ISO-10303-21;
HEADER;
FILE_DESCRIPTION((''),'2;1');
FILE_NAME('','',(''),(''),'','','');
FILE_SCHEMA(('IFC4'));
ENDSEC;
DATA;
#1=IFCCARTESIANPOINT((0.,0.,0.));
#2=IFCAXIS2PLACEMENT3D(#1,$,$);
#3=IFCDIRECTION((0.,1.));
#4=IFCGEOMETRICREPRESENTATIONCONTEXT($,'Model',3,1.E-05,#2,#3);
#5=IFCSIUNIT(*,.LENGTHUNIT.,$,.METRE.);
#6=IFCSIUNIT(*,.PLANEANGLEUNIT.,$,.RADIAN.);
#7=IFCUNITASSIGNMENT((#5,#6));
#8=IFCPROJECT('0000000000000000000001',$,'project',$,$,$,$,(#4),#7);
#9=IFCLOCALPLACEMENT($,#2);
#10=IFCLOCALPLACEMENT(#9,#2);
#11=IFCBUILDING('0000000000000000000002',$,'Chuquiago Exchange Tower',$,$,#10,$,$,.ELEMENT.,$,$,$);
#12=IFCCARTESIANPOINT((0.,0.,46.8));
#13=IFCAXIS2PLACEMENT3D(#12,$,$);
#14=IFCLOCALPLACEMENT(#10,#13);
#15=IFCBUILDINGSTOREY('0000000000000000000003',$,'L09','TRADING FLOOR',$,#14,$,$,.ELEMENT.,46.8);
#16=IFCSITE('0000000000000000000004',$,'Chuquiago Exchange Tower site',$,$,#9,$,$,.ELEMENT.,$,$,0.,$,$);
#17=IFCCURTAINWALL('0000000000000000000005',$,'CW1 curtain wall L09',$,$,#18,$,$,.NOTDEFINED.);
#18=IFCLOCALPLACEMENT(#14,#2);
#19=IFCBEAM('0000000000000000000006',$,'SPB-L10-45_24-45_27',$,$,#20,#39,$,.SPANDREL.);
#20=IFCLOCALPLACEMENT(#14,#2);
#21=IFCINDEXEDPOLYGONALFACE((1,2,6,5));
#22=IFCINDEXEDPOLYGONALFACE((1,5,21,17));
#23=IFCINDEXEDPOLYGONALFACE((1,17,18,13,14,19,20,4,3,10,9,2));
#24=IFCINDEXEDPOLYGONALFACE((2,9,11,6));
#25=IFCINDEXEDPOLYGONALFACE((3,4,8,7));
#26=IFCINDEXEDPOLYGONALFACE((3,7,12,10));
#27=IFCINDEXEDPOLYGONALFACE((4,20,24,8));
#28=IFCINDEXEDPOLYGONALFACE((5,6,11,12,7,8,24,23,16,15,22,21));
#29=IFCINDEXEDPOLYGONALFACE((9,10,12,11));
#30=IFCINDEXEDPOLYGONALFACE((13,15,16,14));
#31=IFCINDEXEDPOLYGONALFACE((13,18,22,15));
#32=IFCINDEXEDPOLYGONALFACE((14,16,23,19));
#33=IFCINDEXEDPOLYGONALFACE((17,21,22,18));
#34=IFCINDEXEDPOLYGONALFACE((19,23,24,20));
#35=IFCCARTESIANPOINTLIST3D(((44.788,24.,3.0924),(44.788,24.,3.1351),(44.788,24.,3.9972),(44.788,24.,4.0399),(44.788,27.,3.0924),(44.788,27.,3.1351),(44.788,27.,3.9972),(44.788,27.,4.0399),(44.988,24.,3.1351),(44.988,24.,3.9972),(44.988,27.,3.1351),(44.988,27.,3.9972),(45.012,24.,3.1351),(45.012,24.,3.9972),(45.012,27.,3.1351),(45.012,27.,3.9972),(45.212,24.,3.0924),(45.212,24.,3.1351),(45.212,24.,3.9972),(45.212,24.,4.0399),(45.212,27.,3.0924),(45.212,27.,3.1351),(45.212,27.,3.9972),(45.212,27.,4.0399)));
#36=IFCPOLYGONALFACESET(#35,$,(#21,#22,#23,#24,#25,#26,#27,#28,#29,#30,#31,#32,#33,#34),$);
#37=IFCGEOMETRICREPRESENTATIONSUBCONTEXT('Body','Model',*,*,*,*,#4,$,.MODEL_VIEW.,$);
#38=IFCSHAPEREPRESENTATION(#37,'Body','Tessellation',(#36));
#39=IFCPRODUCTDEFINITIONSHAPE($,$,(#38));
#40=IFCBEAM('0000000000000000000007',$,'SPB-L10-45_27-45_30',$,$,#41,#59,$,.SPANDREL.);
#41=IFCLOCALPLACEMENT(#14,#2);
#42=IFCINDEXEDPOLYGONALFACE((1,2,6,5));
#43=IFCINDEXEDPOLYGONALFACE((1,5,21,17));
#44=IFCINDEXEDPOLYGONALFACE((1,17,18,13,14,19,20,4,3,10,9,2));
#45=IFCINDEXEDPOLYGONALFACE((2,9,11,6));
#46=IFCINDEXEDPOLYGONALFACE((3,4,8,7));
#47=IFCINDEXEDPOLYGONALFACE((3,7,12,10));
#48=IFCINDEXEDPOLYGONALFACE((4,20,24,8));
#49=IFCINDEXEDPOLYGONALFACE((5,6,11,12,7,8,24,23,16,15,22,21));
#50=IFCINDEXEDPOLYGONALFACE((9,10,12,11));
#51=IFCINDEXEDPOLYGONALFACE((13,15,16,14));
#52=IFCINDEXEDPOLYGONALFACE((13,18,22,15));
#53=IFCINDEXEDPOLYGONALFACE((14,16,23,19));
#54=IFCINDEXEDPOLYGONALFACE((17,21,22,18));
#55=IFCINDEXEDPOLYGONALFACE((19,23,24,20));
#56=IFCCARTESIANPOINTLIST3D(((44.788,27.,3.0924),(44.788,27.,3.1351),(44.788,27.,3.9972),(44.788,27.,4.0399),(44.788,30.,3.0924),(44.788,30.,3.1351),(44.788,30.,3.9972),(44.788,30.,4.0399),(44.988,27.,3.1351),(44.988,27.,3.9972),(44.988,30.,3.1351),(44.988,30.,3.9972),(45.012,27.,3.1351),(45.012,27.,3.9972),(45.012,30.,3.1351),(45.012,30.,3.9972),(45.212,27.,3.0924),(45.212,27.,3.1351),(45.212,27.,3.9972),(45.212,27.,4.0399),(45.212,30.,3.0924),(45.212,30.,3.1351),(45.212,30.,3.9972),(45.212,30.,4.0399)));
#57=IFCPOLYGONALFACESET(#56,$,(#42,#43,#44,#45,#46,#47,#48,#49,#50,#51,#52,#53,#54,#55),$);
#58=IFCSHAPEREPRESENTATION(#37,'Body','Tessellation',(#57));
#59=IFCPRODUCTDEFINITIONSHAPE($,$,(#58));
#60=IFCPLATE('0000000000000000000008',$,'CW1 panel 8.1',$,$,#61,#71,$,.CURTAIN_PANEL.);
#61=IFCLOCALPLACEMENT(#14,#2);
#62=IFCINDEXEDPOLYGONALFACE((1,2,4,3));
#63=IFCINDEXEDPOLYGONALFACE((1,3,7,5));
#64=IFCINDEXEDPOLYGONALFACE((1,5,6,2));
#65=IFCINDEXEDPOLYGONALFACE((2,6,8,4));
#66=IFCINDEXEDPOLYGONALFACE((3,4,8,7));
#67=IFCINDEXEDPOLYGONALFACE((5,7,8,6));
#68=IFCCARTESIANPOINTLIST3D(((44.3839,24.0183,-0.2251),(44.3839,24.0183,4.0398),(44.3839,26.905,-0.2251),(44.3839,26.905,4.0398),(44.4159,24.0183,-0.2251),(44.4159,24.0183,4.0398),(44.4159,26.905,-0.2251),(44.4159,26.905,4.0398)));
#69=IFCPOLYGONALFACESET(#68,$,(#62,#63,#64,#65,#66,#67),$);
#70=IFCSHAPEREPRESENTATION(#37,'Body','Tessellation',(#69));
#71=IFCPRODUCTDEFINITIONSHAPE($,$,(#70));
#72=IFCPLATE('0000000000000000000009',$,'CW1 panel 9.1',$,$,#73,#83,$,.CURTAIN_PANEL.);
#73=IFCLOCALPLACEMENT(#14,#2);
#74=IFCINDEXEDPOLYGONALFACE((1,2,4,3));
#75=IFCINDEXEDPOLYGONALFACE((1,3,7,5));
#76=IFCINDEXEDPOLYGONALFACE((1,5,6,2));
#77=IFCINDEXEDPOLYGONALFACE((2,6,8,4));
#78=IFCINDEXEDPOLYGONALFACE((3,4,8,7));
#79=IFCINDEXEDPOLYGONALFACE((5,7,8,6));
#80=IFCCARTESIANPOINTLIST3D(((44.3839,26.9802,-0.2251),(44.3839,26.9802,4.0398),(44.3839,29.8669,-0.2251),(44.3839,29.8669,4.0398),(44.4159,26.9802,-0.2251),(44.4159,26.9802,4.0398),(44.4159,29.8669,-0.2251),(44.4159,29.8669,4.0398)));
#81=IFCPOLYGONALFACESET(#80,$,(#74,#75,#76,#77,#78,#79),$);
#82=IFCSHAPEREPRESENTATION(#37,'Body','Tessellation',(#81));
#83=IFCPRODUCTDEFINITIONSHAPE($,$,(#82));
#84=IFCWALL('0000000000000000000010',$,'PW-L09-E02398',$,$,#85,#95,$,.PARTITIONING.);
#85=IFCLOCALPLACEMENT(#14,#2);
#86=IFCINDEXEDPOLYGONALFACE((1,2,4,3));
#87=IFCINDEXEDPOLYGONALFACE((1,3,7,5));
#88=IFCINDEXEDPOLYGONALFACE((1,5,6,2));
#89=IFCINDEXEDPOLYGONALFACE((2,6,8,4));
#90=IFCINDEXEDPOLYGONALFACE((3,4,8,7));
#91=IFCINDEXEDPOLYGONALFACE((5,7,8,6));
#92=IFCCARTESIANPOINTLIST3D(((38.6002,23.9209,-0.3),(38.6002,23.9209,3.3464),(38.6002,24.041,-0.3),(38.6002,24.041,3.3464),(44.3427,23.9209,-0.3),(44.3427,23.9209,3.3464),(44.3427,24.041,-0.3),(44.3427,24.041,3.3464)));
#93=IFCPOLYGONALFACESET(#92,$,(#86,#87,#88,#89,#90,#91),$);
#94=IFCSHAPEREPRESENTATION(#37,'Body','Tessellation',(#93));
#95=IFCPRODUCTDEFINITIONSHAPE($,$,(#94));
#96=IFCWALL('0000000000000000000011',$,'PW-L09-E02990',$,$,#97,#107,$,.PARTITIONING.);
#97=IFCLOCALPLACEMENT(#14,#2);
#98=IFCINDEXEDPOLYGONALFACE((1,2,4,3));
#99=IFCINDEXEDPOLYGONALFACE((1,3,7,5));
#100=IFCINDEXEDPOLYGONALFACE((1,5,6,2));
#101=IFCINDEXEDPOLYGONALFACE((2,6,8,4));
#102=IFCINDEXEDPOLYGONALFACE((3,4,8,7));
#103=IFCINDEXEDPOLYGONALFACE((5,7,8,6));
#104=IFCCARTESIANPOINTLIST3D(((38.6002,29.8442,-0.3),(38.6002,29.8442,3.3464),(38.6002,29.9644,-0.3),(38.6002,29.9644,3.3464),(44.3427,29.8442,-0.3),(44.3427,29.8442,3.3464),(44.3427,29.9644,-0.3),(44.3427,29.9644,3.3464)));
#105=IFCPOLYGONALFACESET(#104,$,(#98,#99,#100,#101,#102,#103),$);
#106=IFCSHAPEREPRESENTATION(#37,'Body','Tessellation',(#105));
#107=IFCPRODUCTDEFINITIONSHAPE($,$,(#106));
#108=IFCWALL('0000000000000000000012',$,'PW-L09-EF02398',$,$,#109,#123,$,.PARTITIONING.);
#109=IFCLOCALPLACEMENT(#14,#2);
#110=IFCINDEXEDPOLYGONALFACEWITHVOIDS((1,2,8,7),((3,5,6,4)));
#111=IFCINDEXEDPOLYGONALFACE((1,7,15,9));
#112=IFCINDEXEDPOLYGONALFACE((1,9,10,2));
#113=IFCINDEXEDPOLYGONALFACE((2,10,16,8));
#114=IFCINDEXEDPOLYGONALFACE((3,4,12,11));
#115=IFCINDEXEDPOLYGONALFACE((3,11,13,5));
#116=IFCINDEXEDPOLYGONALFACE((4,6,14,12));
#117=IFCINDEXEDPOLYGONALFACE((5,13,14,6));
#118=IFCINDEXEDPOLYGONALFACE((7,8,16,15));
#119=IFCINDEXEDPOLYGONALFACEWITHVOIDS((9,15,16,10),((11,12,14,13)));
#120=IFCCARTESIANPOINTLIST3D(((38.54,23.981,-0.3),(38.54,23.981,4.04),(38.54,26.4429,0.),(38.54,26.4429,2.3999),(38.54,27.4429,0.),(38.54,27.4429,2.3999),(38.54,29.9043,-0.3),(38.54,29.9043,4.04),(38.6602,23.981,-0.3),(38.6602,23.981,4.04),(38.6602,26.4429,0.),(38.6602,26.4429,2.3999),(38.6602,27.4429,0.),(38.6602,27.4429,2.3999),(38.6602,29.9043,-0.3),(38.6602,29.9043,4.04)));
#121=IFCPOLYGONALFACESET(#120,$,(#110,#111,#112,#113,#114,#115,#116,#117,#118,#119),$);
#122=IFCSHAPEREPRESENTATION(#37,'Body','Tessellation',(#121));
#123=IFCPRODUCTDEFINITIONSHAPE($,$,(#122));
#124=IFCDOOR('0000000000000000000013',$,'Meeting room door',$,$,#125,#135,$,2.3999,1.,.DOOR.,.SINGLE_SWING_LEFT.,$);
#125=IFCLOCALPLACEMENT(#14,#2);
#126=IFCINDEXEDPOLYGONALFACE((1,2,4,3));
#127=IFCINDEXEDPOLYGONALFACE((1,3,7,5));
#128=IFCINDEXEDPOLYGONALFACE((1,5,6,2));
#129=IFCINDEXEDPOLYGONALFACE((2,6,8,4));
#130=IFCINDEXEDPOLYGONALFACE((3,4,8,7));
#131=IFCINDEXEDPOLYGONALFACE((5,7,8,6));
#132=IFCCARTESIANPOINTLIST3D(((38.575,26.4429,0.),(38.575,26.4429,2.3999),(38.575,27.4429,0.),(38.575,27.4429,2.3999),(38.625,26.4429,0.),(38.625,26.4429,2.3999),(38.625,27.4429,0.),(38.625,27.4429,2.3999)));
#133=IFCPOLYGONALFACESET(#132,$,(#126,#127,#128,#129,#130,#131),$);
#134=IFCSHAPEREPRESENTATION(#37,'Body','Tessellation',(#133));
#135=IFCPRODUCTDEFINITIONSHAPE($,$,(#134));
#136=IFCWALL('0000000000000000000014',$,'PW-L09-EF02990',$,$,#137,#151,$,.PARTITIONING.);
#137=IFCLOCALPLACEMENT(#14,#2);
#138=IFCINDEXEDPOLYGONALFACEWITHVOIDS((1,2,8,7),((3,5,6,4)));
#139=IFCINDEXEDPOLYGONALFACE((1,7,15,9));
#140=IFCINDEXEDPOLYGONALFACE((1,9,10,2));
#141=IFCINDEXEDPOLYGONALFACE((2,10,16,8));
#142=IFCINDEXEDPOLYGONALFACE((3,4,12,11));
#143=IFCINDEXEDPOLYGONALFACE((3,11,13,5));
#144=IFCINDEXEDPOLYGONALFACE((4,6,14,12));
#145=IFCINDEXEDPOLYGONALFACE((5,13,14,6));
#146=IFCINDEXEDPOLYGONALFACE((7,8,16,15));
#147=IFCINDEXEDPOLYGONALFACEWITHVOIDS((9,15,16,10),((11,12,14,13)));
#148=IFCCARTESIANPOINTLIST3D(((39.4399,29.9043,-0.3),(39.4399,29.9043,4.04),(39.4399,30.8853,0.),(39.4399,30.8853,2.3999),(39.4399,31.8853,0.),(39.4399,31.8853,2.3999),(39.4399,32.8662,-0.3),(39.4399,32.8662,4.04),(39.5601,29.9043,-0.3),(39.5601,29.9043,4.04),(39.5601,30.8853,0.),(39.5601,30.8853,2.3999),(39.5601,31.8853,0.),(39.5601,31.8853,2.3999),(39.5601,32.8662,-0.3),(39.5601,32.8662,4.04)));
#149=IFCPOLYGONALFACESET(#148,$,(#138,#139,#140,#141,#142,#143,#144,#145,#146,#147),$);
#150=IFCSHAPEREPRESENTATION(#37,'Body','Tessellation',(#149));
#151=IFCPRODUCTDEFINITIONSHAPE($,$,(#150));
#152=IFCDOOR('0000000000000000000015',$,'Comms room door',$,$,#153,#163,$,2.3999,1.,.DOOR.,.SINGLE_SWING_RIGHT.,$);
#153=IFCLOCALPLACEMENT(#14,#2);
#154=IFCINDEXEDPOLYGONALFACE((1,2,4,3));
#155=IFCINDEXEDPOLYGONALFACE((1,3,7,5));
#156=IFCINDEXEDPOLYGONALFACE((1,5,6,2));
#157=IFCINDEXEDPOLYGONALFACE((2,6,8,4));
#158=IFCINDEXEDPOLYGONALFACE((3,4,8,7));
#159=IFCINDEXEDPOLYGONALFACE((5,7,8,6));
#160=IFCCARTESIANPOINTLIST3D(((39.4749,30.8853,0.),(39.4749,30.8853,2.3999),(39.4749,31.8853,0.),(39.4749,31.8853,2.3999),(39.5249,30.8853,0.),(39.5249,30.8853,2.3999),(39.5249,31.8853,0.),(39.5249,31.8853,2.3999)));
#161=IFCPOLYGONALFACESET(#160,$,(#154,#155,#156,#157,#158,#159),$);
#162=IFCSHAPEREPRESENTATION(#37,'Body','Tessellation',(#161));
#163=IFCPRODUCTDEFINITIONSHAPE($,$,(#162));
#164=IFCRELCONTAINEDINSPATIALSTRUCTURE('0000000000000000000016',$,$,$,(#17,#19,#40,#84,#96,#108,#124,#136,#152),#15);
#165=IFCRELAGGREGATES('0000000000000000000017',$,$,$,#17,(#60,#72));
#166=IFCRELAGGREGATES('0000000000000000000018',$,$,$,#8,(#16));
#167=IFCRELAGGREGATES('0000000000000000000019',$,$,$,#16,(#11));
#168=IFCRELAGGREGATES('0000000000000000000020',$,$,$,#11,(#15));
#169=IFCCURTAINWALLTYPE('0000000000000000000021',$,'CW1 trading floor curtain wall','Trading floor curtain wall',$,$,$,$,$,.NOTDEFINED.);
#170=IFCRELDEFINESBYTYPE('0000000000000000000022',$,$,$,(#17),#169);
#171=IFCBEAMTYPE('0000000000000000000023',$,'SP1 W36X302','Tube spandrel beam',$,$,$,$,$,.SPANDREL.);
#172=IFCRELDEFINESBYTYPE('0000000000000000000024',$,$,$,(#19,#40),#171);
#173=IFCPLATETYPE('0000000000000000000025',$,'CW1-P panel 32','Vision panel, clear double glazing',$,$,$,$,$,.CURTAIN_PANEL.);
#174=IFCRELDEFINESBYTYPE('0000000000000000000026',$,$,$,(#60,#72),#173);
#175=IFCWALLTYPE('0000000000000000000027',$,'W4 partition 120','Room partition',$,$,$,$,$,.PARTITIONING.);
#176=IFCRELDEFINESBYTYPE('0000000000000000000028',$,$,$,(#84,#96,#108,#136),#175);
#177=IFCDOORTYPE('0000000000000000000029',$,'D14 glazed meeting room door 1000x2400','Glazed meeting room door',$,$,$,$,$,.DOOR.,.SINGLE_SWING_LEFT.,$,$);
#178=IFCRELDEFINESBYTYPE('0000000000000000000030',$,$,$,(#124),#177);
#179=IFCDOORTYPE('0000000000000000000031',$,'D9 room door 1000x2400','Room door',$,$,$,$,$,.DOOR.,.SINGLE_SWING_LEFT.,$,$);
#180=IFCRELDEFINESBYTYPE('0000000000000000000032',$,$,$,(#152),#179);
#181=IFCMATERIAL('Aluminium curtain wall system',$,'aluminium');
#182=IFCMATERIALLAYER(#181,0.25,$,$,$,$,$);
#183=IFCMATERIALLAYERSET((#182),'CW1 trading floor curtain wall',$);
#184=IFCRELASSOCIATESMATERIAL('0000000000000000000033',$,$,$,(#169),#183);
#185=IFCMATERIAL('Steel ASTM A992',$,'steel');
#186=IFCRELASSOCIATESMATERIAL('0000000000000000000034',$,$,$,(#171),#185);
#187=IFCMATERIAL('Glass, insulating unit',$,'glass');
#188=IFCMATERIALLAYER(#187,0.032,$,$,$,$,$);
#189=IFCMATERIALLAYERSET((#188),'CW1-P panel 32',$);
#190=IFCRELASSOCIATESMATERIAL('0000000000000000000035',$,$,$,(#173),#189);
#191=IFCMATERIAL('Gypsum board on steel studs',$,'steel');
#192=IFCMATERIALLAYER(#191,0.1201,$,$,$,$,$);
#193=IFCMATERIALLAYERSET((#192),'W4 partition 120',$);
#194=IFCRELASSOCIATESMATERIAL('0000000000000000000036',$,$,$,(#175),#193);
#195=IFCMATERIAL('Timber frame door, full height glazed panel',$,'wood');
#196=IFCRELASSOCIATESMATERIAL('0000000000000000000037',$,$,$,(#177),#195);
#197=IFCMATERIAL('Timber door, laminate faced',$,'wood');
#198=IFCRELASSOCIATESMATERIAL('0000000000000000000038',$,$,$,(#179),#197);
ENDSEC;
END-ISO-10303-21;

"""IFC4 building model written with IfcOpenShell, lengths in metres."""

from ifc_helpers import new_model, si_unit, direction, frame, frame_2d, origin, origin_2d, place, context, subcontext, project, spatial, rectangle, i_section, extrude, material, layer, layer_set, material_profile, profile_set, type_object, element, fill, aggregate, save


model = new_model("IFC4")

# Units and contexts
model_context = context("Model", 3, precision=1e-05, world=origin(), true_north=direction((0.0, 1.0)))
body_context = subcontext(model_context, "Body", "Model", "MODEL_VIEW")
ifc_project = project(units=[si_unit("LENGTHUNIT", "METRE"), si_unit("PLANEANGLEUNIT", "RADIAN")], contexts=[model_context])

# Site, building, storey
site_placement = place(None, origin())
site = spatial("IfcSite", under=ifc_project, at=site_placement, Name="Chuquiago Exchange Tower site", CompositionType="ELEMENT", RefElevation=0.0)
building_placement = place(site_placement, origin())
building = spatial("IfcBuilding", under=site, at=building_placement, Name="Chuquiago Exchange Tower", CompositionType="ELEMENT")
storey_placement = place(building_placement, frame((0.0, 0.0, 46.8)))
storey = spatial("IfcBuildingStorey", under=building, at=storey_placement, Name="L09", Description="TRADING FLOOR", CompositionType="ELEMENT", Elevation=46.8)

# Curtain wall
ifc_material_1 = material(Name="Aluminium curtain wall system", Category="aluminium")
ifc_layer_1 = layer(ifc_material_1, 0.25)
ifc_layer_set_1 = layer_set([ifc_layer_1], Name="CW1 trading floor curtain wall")
curtain_wall_type = type_object("IfcCurtainWallType", Name="CW1 trading floor curtain wall", Description="Trading floor curtain wall", PredefinedType="NOTDEFINED", material=ifc_layer_set_1)
curtain_wall_placement = place(storey_placement, origin())
curtain_wall = element("IfcCurtainWall", 1, at=curtain_wall_placement, inside=storey, type_object=curtain_wall_type, Name="CW1 curtain wall L09", PredefinedType="NOTDEFINED")

# Beams
ifc_material_2 = material(Name="Steel ASTM A992", Category="steel")
ifc_material_profile_1 = material_profile(ifc_material_2, i_section(OverallWidth=0.4241, OverallDepth=0.9475, WebThickness=0.0239, FlangeThickness=0.0427, at=origin_2d()), Name="W36X302")
ifc_profile_set_1 = profile_set([ifc_material_profile_1], Name="Steel ASTM A992")
beam_type_1 = type_object("IfcBeamType", Name="SP1 W36X302", Description="Tube spandrel beam", PredefinedType="SPANDREL", material=ifc_profile_set_1)
for number, where, z_axis, x_axis, name in (
    (2, (45.0, 24.0, 3.5662), (0.0, 1.0, 0.0), (-1.0, 0.0, 0.0), "SPB-L10-45_24-45_27"),
    (3, (45.0, 27.0, 3.5662), (0.0, 1.0, 0.0), (-1.0, 0.0, 0.0), "SPB-L10-45_27-45_30"),
):
    element("IfcBeam", number, at=place(storey_placement, frame(where, z_axis=z_axis, x_axis=x_axis)), inside=storey, type_object=beam_type_1, Name=name, PredefinedType="SPANDREL", context=body_context, shape_type="SweptSolid", body=[
        extrude(i_section(OverallWidth=0.4241, OverallDepth=0.9475, WebThickness=0.0239, FlangeThickness=0.0427, at=origin_2d()), origin(), (0.0, 0.0, 1.0), 3.0),
    ])

# Plates
ifc_material_3 = material(Name="Glass, insulating unit", Category="glass")
ifc_layer_2 = layer(ifc_material_3, 0.032)
ifc_layer_set_2 = layer_set([ifc_layer_2], Name="CW1-P panel 32")
plate_type = type_object("IfcPlateType", Name="CW1-P panel 32", Description="Vision panel, clear double glazing", PredefinedType="CURTAIN_PANEL", material=ifc_layer_set_2)
plate_1_placement = place(storey_placement, frame((44.3999, 25.4617, -0.2251), z_axis=(0.0, 0.0, 1.0), x_axis=(0.0, 1.0, 0.0)))
plate_1 = element("IfcPlate", 4, at=plate_1_placement, type_object=plate_type, Name="CW1 panel 8.1", PredefinedType="CURTAIN_PANEL", context=body_context, shape_type="SweptSolid", body=[
    extrude(rectangle(XDim=2.8867, YDim=0.032, at=origin_2d()), origin(), (0.0, 0.0, 1.0), 4.2649),
])
plate_2_placement = place(storey_placement, frame((44.3999, 28.4236, -0.2251), z_axis=(0.0, 0.0, 1.0), x_axis=(0.0, 1.0, 0.0)))
plate_2 = element("IfcPlate", 5, at=plate_2_placement, type_object=plate_type, Name="CW1 panel 9.1", PredefinedType="CURTAIN_PANEL", context=body_context, shape_type="SweptSolid", body=[
    extrude(rectangle(XDim=2.8867, YDim=0.032, at=origin_2d()), origin(), (0.0, 0.0, 1.0), 4.2649),
])
aggregate(curtain_wall, [plate_1, plate_2])

# Walls
ifc_material_4 = material(Name="Gypsum board on steel studs", Category="steel")
ifc_layer_3 = layer(ifc_material_4, 0.1201)
ifc_layer_set_3 = layer_set([ifc_layer_3], Name="W4 partition 120")
wall_type = type_object("IfcWallType", Name="W4 partition 120", Description="Room partition", PredefinedType="PARTITIONING", material=ifc_layer_set_3)
for number, where, z_axis, x_axis, name in (
    (6, (44.3425, 23.981, -0.3), (0.0, 0.0, 1.0), (-1.0, 0.0, 0.0), "PW-L09-E02398"),
    (7, (44.3425, 29.9043, -0.3), (0.0, 0.0, 1.0), (-1.0, 0.0, 0.0), "PW-L09-E02990"),
):
    element("IfcWall", number, at=place(storey_placement, frame(where, z_axis=z_axis, x_axis=x_axis)), inside=storey, type_object=wall_type, Name=name, PredefinedType="PARTITIONING", context=body_context, shape_type="SweptSolid", body=[
        extrude(rectangle(XDim=5.7424, YDim=0.1201, at=frame_2d((2.8711, 0.0))), origin(), (0.0, 0.0, 1.0), 3.6465),
    ])

# Walls, openings, doors
wall_1_placement = place(storey_placement, frame((38.6001, 23.981, -0.3), z_axis=(0.0, 0.0, 1.0), x_axis=(0.0, 1.0, 0.0)))
wall_1 = element("IfcWall", 8, at=wall_1_placement, inside=storey, type_object=wall_type, Name="PW-L09-EF02398", PredefinedType="PARTITIONING", context=body_context, shape_type="SweptSolid", body=[
    extrude(rectangle(XDim=5.9233, YDim=0.1201, at=frame_2d((2.9617, 0.0))), origin(), (0.0, 0.0, 1.0), 4.3401),
])
opening_1_placement = place(wall_1_placement, frame((2.4619, 0.0, 0.3)))
opening_1 = element("IfcOpeningElement", 9, at=opening_1_placement, cuts=wall_1, PredefinedType="OPENING", context=body_context, shape_type="SweptSolid", body=[
    extrude(rectangle(XDim=1.0, YDim=2.3999, at=frame_2d((0.5, 1.2))), frame((0.0, 0.0701, 0.0), z_axis=(0.0, -1.0, 0.0), x_axis=(1.0, 0.0, 0.0)), (0.0, 0.0, 1.0), 0.1401),
])
ifc_material_5 = material(Name="Timber frame door, full height glazed panel", Category="wood")
door_type_1 = type_object("IfcDoorType", Name="D14 glazed meeting room door 1000x2400", Description="Glazed meeting room door", OperationType="SINGLE_SWING_LEFT", PredefinedType="DOOR", material=ifc_material_5)
door_1_placement = place(opening_1_placement, frame((1.0, 0.0, 0.0), z_axis=(0.0, 0.0, 1.0), x_axis=(-1.0, 0.0, 0.0)))
door_1 = element("IfcDoor", 10, at=door_1_placement, inside=storey, type_object=door_type_1, Name="Meeting room door", OperationType="SINGLE_SWING_LEFT", OverallHeight=2.3999, OverallWidth=1.0, PredefinedType="DOOR", context=body_context, shape_type="SweptSolid", body=[
    extrude(rectangle(XDim=1.0, YDim=2.3999, at=frame_2d((0.5, 1.2))), frame((0.0, 0.0249, 0.0), z_axis=(0.0, -1.0, 0.0), x_axis=(1.0, 0.0, 0.0)), (0.0, 0.0, 1.0), 0.05),
])
fill(opening_1, door_1)
wall_2_placement = place(storey_placement, frame((39.5, 29.9043, -0.3), z_axis=(0.0, 0.0, 1.0), x_axis=(0.0, 1.0, 0.0)))
wall_2 = element("IfcWall", 11, at=wall_2_placement, inside=storey, type_object=wall_type, Name="PW-L09-EF02990", PredefinedType="PARTITIONING", context=body_context, shape_type="SweptSolid", body=[
    extrude(rectangle(XDim=2.9619, YDim=0.1201, at=frame_2d((1.481, 0.0))), origin(), (0.0, 0.0, 1.0), 4.3401),
])
opening_2_placement = place(wall_2_placement, frame((0.981, 0.0, 0.3)))
opening_2 = element("IfcOpeningElement", 12, at=opening_2_placement, cuts=wall_2, PredefinedType="OPENING", context=body_context, shape_type="SweptSolid", body=[
    extrude(rectangle(XDim=1.0, YDim=2.3999, at=frame_2d((0.5, 1.2))), frame((0.0, 0.0701, 0.0), z_axis=(0.0, -1.0, 0.0), x_axis=(1.0, 0.0, 0.0)), (0.0, 0.0, 1.0), 0.1401),
])
ifc_material_6 = material(Name="Timber door, laminate faced", Category="wood")
door_type_2 = type_object("IfcDoorType", Name="D9 room door 1000x2400", Description="Room door", OperationType="SINGLE_SWING_LEFT", PredefinedType="DOOR", material=ifc_material_6)
door_2_placement = place(opening_2_placement, frame((1.0, 0.0, 0.0), z_axis=(0.0, 0.0, 1.0), x_axis=(-1.0, 0.0, 0.0)))
door_2 = element("IfcDoor", 13, at=door_2_placement, inside=storey, type_object=door_type_2, Name="Comms room door", OperationType="SINGLE_SWING_RIGHT", OverallHeight=2.3999, OverallWidth=1.0, PredefinedType="DOOR", context=body_context, shape_type="SweptSolid", body=[
    extrude(rectangle(XDim=1.0, YDim=2.3999, at=frame_2d((0.5, 1.2))), frame((0.0, 0.0249, 0.0), z_axis=(0.0, -1.0, 0.0), x_axis=(1.0, 0.0, 0.0)), (0.0, 0.0, 1.0), 0.05),
])
fill(opening_2, door_2)

save(model, "model.ifc")
